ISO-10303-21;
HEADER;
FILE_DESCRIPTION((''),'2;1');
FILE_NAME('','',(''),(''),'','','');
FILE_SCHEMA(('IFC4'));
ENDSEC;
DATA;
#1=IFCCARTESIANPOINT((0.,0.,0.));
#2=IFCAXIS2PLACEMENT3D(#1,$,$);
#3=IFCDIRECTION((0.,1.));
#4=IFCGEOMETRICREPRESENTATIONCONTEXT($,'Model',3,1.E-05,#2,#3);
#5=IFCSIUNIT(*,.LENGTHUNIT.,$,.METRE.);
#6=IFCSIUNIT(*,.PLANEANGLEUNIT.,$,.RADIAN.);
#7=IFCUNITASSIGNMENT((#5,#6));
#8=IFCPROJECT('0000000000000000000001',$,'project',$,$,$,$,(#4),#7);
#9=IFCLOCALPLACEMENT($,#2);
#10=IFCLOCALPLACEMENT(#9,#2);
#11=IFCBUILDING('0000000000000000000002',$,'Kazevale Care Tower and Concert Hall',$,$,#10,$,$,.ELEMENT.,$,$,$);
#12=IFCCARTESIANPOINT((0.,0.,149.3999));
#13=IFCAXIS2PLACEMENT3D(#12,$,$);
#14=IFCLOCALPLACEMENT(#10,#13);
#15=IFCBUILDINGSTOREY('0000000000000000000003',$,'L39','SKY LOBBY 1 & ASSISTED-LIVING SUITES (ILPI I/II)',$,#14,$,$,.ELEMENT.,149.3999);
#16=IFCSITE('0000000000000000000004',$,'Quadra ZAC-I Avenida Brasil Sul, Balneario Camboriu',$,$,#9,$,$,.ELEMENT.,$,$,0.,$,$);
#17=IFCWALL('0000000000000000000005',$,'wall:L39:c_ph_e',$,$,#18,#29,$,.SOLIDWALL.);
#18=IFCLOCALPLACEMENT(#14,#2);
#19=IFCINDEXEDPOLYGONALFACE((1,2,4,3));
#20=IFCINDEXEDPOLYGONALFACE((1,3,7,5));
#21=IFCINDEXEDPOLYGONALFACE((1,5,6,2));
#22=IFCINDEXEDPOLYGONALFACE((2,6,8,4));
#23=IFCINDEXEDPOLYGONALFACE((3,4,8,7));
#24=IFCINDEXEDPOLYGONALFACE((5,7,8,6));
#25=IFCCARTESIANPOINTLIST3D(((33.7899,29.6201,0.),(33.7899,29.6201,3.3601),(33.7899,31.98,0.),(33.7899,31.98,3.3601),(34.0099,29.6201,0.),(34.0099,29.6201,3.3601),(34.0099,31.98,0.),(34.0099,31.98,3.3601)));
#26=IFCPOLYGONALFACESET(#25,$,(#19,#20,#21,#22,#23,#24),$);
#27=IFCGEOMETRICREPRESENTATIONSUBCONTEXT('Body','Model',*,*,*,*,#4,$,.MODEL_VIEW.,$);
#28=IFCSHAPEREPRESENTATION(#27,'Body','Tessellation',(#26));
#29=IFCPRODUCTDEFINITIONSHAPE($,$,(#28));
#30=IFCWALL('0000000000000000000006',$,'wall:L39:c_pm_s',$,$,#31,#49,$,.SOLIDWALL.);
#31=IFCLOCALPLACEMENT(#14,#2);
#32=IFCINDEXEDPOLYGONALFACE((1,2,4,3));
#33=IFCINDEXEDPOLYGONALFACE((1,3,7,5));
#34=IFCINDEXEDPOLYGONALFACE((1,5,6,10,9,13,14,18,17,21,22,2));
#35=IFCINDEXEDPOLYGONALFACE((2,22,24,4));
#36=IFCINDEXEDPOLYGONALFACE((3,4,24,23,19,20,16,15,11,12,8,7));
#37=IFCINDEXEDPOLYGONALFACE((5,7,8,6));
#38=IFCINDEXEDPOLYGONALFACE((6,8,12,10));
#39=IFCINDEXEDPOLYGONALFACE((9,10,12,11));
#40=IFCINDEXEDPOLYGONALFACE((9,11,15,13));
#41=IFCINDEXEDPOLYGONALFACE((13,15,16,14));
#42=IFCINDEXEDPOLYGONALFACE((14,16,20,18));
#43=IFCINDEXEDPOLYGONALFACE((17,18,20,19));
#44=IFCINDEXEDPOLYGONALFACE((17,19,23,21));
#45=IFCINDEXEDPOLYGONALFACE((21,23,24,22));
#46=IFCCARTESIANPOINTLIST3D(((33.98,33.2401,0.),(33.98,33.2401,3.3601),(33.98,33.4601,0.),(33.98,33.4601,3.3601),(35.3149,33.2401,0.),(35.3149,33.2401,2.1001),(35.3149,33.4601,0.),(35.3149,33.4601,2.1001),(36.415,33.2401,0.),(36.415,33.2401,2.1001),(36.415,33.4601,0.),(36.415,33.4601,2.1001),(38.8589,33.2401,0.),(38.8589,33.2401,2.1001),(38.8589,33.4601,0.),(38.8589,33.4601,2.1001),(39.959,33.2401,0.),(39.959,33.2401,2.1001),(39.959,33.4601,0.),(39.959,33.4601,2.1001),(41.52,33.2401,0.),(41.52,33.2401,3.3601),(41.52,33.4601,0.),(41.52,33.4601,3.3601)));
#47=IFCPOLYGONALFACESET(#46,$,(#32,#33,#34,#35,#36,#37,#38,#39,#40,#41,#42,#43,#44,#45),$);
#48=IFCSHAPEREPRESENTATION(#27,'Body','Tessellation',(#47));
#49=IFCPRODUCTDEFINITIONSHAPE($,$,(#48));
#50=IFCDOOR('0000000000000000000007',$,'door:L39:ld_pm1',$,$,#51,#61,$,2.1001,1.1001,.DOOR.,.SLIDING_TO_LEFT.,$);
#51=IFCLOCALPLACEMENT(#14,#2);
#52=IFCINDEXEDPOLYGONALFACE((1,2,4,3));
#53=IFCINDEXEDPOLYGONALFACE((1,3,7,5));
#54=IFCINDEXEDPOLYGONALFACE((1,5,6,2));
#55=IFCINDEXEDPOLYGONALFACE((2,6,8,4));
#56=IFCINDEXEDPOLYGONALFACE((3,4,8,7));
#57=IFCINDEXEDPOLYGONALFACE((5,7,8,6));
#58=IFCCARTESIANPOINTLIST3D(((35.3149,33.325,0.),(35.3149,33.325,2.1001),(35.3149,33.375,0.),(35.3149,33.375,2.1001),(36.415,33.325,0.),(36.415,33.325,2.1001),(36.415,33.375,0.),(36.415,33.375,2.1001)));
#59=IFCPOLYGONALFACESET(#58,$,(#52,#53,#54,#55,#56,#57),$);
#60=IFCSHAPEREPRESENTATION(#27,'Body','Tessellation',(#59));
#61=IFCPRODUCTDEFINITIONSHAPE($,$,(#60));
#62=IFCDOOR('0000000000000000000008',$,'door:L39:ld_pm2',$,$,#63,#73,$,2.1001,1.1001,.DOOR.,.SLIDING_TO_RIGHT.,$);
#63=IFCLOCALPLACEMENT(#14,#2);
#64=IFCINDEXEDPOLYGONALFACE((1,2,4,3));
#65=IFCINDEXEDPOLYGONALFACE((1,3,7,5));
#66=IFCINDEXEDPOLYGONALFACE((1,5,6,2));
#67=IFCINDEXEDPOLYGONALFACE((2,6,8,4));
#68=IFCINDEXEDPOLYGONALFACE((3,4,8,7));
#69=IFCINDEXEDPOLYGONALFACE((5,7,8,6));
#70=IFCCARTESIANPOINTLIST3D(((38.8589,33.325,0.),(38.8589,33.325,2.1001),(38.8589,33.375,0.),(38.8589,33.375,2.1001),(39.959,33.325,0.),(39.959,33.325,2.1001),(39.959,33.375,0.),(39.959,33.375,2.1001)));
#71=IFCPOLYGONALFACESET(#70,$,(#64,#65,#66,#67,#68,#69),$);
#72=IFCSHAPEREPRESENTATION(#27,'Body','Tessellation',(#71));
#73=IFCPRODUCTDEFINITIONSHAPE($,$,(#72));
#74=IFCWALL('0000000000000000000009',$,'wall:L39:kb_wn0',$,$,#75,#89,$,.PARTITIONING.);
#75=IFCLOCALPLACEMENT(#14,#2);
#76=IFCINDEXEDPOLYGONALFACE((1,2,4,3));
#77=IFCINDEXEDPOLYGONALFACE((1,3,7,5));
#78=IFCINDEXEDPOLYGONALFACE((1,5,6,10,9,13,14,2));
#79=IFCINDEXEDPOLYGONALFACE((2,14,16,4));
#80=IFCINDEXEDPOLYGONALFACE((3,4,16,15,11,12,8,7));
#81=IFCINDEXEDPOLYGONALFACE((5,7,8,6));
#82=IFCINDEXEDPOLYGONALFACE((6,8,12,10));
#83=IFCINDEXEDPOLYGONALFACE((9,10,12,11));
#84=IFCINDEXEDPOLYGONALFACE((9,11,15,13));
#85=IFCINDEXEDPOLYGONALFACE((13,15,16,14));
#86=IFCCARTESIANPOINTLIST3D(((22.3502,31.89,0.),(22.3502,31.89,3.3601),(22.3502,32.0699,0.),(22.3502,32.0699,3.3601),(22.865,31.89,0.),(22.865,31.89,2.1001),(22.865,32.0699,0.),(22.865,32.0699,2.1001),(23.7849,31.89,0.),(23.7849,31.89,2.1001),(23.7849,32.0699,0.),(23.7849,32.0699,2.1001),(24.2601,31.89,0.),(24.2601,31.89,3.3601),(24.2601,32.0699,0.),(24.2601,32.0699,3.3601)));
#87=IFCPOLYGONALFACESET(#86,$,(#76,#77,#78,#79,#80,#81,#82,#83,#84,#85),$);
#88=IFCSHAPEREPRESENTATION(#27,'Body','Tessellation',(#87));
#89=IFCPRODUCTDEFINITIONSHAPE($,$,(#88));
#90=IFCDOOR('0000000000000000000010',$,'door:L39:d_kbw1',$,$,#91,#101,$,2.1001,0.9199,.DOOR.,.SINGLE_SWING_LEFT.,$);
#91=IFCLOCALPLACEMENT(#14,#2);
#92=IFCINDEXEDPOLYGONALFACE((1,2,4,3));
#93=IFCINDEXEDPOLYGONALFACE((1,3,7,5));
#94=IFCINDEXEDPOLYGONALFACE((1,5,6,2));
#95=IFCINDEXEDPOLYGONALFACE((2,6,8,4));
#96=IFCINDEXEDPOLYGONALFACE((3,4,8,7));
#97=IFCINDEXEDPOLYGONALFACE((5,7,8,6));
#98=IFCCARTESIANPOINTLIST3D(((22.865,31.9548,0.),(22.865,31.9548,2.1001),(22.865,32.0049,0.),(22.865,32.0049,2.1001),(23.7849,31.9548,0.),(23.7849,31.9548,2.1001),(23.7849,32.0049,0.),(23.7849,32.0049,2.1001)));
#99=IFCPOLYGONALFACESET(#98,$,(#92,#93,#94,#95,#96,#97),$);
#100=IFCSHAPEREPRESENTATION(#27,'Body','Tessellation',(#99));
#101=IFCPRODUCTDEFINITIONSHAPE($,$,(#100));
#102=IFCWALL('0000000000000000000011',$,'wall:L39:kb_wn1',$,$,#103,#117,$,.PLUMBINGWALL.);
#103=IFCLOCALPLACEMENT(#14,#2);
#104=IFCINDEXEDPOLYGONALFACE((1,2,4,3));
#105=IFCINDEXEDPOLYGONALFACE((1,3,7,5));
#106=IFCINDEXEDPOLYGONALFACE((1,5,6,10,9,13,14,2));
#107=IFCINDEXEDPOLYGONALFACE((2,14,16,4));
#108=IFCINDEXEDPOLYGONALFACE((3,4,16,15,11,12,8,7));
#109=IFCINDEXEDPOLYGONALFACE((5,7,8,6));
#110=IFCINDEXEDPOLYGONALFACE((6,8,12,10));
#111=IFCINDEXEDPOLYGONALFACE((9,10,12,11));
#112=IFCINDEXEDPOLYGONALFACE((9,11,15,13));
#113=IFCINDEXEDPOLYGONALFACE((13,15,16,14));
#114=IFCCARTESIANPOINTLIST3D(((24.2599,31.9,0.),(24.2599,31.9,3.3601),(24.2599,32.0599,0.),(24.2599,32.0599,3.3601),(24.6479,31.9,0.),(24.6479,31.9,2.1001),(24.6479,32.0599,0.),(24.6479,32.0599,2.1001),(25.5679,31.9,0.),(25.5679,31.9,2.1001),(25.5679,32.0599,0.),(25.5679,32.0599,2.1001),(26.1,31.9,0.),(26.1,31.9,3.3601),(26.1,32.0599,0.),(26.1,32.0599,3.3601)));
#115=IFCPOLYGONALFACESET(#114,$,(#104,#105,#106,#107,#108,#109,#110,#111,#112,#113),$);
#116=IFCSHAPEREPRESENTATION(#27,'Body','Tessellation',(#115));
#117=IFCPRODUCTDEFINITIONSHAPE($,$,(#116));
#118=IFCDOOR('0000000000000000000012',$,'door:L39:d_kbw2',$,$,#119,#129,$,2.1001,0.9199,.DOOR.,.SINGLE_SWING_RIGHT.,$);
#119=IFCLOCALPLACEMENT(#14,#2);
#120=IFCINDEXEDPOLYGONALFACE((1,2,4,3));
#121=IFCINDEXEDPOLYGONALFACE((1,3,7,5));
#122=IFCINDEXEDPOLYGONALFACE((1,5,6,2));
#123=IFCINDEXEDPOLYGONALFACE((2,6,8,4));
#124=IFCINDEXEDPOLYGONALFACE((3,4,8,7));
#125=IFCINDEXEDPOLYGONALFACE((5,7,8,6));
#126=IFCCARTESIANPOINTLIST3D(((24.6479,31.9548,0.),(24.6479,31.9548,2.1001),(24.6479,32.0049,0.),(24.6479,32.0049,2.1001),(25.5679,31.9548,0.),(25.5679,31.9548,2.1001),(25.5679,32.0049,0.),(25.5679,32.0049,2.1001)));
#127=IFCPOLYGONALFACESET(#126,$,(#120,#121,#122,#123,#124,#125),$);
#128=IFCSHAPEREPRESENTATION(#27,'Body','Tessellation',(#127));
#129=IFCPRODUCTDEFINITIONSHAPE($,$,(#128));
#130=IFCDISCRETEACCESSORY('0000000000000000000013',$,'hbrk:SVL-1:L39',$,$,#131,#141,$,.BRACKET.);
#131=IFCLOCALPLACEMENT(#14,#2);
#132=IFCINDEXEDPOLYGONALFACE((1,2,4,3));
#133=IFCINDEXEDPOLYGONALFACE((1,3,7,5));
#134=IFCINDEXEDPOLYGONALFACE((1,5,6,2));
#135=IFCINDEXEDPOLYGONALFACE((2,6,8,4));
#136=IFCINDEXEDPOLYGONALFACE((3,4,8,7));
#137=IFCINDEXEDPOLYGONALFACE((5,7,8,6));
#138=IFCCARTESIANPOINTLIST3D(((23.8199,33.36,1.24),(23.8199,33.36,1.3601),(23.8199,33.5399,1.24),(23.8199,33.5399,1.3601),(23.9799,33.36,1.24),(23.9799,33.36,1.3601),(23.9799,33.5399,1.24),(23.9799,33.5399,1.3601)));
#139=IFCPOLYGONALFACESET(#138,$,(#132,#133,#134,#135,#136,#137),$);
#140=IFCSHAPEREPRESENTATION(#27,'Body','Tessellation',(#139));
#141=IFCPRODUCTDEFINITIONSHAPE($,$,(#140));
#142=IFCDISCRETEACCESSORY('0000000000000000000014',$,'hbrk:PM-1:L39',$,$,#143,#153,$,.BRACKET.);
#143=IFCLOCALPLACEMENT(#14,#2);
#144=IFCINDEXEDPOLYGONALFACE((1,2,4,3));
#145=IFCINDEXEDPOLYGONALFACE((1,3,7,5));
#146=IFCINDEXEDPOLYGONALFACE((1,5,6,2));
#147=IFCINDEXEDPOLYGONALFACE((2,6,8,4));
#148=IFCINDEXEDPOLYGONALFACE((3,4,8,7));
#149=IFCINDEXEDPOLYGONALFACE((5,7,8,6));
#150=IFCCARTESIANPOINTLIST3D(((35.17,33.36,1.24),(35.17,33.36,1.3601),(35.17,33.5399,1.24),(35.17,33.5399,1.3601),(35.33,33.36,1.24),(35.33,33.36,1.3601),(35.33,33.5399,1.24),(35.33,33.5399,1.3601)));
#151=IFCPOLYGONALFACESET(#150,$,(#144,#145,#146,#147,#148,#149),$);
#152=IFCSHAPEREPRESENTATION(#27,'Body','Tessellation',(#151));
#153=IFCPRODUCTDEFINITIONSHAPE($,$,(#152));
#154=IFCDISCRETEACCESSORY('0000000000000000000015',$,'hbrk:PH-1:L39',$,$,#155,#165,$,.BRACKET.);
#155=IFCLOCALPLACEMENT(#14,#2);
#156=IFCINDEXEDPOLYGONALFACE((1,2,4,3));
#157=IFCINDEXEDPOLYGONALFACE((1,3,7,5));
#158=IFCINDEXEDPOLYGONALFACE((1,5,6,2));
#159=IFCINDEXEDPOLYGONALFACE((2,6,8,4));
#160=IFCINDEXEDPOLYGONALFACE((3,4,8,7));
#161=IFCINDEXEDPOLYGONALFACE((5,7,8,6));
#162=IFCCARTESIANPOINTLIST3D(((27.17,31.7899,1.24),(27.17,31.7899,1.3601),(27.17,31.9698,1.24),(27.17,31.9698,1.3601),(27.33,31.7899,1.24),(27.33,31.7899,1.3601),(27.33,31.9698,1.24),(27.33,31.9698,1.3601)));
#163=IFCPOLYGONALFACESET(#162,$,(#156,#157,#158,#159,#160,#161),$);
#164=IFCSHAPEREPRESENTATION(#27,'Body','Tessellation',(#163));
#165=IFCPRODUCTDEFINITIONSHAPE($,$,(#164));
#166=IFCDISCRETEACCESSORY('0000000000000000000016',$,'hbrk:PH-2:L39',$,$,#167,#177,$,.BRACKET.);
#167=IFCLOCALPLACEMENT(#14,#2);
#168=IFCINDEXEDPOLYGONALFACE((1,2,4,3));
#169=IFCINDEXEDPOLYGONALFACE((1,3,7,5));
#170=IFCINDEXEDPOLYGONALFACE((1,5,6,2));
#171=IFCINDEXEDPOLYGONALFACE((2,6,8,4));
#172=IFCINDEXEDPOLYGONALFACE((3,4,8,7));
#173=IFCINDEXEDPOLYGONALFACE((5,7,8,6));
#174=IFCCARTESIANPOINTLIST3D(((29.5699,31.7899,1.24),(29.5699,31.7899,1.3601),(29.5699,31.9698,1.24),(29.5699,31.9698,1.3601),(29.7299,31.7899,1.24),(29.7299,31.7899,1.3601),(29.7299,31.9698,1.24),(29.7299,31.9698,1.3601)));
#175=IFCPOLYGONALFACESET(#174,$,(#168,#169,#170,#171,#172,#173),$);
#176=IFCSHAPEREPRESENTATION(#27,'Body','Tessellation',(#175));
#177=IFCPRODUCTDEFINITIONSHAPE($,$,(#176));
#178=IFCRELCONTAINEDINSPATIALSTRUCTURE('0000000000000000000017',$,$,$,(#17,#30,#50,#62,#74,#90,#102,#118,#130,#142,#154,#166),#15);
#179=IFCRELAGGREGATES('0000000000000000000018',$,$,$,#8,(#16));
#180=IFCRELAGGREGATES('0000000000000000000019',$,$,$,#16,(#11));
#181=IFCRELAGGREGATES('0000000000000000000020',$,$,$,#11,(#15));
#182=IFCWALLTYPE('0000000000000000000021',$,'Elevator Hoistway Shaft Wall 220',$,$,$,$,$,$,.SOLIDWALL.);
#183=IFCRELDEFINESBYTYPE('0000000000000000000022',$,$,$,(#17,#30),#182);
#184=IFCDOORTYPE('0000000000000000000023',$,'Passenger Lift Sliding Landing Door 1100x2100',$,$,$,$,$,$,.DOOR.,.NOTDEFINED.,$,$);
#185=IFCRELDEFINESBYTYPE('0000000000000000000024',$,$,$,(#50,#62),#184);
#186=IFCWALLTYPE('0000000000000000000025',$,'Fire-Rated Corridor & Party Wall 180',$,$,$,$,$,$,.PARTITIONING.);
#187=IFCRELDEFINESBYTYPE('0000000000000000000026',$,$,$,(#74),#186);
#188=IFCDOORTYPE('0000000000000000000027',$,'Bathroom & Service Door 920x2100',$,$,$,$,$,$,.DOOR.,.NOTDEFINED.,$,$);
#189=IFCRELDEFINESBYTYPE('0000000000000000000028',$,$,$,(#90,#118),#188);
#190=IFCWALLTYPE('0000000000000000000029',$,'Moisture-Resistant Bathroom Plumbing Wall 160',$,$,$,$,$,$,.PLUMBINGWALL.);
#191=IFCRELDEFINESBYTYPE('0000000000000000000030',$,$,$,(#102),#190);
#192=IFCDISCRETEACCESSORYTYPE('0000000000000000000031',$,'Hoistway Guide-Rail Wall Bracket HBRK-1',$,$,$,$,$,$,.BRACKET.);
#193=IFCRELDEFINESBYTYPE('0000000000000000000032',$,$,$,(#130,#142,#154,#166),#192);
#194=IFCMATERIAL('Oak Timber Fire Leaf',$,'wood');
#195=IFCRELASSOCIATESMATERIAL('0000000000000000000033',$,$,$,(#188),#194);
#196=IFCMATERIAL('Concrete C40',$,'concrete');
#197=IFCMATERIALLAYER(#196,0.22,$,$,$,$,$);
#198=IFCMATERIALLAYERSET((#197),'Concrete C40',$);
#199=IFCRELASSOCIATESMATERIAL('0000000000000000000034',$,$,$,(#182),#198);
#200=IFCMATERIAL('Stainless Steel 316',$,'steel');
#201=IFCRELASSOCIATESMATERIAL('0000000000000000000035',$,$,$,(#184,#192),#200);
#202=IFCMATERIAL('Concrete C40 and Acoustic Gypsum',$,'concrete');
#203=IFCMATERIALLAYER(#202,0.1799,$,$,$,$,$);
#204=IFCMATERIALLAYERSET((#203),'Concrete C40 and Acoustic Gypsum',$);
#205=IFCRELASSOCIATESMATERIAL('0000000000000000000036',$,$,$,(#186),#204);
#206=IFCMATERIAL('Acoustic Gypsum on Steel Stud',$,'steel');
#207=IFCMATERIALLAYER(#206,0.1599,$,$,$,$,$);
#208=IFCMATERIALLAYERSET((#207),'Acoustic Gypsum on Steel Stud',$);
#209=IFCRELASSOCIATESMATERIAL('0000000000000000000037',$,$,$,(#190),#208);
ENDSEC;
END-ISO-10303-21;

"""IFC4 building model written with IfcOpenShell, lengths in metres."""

from ifc_helpers import new_model, si_unit, direction, frame, frame_2d, origin, origin_2d, place, context, subcontext, project, spatial, rectangle, extrude, material, layer, layer_set, type_object, element, fill, save


model = new_model("IFC4")

# Units and contexts
model_context = context("Model", 3, precision=1e-05, world=origin(), true_north=direction((0.0, 1.0)))
body_context = subcontext(model_context, "Body", "Model", "MODEL_VIEW")
ifc_project = project(units=[si_unit("LENGTHUNIT", "METRE"), si_unit("PLANEANGLEUNIT", "RADIAN")], contexts=[model_context])

# Site, building, storey
site_placement = place(None, origin())
site = spatial("IfcSite", under=ifc_project, at=site_placement, Name="Quadra ZAC-I Avenida Brasil Sul, Balneario Camboriu", CompositionType="ELEMENT", RefElevation=0.0)
building_placement = place(site_placement, origin())
building = spatial("IfcBuilding", under=site, at=building_placement, Name="Kazevale Care Tower and Concert Hall", CompositionType="ELEMENT")
storey_placement = place(building_placement, frame((0.0, 0.0, 149.3999)))
storey = spatial("IfcBuildingStorey", under=building, at=storey_placement, Name="L39", Description="SKY LOBBY 1 & ASSISTED-LIVING SUITES (ILPI I/II)", CompositionType="ELEMENT", Elevation=149.3999)

# Shared definitions
ifc_material_1 = material(Name="Acoustic Gypsum on Steel Stud", Category="steel")
ifc_material_2 = material(Name="Oak Timber Fire Leaf", Category="wood")
door_type_1 = type_object("IfcDoorType", Name="Bathroom & Service Door 920x2100", OperationType="NOTDEFINED", PredefinedType="DOOR", material=ifc_material_2)

# Shared definitions
ifc_material_3 = material(Name="Concrete C40", Category="concrete")
ifc_layer_1 = layer(ifc_material_3, 0.22)
ifc_layer_set_1 = layer_set([ifc_layer_1], Name="Concrete C40")
wall_type_1 = type_object("IfcWallType", Name="Elevator Hoistway Shaft Wall 220", PredefinedType="SOLIDWALL", material=ifc_layer_set_1)

# Shared definitions
ifc_material_4 = material(Name="Stainless Steel 316", Category="steel")

# Wall
wall_1_placement = place(storey_placement, frame((33.8999, 29.6201, 0.0), z_axis=(0.0, 0.0, 1.0), x_axis=(0.0, 1.0, 0.0)))
element("IfcWall", 1, at=wall_1_placement, inside=storey, type_object=wall_type_1, Name="wall:L39:c_ph_e", PredefinedType="SOLIDWALL", context=body_context, shape_type="SweptSolid", body=[
    extrude(rectangle(XDim=2.3599, YDim=0.22, at=frame_2d((1.1799, 0.0))), origin(), (0.0, 0.0, 1.0), 3.3601),
])

# Wall, openings, doors
wall_2_placement = place(storey_placement, frame((33.98, 33.3501, 0.0), z_axis=(0.0, 0.0, 1.0), x_axis=(1.0, 0.0, 0.0)))
wall_2 = element("IfcWall", 2, at=wall_2_placement, inside=storey, type_object=wall_type_1, Name="wall:L39:c_pm_s", PredefinedType="SOLIDWALL", context=body_context, shape_type="SweptSolid", body=[
    extrude(rectangle(XDim=7.54, YDim=0.22, at=frame_2d((3.77, 0.0))), origin(), (0.0, 0.0, 1.0), 3.3601),
])
opening_1_placement = place(wall_2_placement, frame((1.335, 0.0, 0.0)))
opening_1 = element("IfcOpeningElement", 3, at=opening_1_placement, cuts=wall_2, PredefinedType="OPENING", context=body_context, shape_type="SweptSolid", body=[
    extrude(rectangle(XDim=1.1001, YDim=2.1001, at=frame_2d((0.55, 1.05))), frame((0.0, 0.1199, 0.0), z_axis=(0.0, -1.0, 0.0), x_axis=(1.0, 0.0, 0.0)), (0.0, 0.0, 1.0), 0.24),
])
opening_2_placement = place(wall_2_placement, frame((4.8789, 0.0, 0.0)))
opening_2 = element("IfcOpeningElement", 4, at=opening_2_placement, cuts=wall_2, PredefinedType="OPENING", context=body_context, shape_type="SweptSolid", body=[
    extrude(rectangle(XDim=1.1001, YDim=2.1001, at=frame_2d((0.55, 1.05))), frame((0.0, 0.1199, 0.0), z_axis=(0.0, -1.0, 0.0), x_axis=(1.0, 0.0, 0.0)), (0.0, 0.0, 1.0), 0.24),
])
door_type_2 = type_object("IfcDoorType", Name="Passenger Lift Sliding Landing Door 1100x2100", OperationType="NOTDEFINED", PredefinedType="DOOR", material=ifc_material_4)
door_1_placement = place(opening_1_placement, origin())
door_1 = element("IfcDoor", 5, at=door_1_placement, inside=storey, type_object=door_type_2, Name="door:L39:ld_pm1", OperationType="SLIDING_TO_LEFT", OverallHeight=2.1001, OverallWidth=1.1001, PredefinedType="DOOR", context=body_context, shape_type="SweptSolid", body=[
    extrude(rectangle(XDim=1.1001, YDim=2.1001, at=frame_2d((0.55, 1.05))), frame((0.0, 0.0249, 0.0), z_axis=(0.0, -1.0, 0.0), x_axis=(1.0, 0.0, 0.0)), (0.0, 0.0, 1.0), 0.05),
])
fill(opening_1, door_1)
door_2_placement = place(opening_2_placement, origin())
door_2 = element("IfcDoor", 6, at=door_2_placement, inside=storey, type_object=door_type_2, Name="door:L39:ld_pm2", OperationType="SLIDING_TO_RIGHT", OverallHeight=2.1001, OverallWidth=1.1001, PredefinedType="DOOR", context=body_context, shape_type="SweptSolid", body=[
    extrude(rectangle(XDim=1.1001, YDim=2.1001, at=frame_2d((0.55, 1.05))), frame((0.0, 0.0249, 0.0), z_axis=(0.0, -1.0, 0.0), x_axis=(1.0, 0.0, 0.0)), (0.0, 0.0, 1.0), 0.05),
])
fill(opening_2, door_2)

# Walls, openings, doors
ifc_material_5 = material(Name="Concrete C40 and Acoustic Gypsum", Category="concrete")
ifc_layer_2 = layer(ifc_material_5, 0.1799)
ifc_layer_set_2 = layer_set([ifc_layer_2], Name="Concrete C40 and Acoustic Gypsum")
wall_type_2 = type_object("IfcWallType", Name="Fire-Rated Corridor & Party Wall 180", PredefinedType="PARTITIONING", material=ifc_layer_set_2)
wall_3_placement = place(storey_placement, frame((22.3501, 31.98, 0.0), z_axis=(0.0, 0.0, 1.0), x_axis=(1.0, 0.0, 0.0)))
wall_3 = element("IfcWall", 7, at=wall_3_placement, inside=storey, type_object=wall_type_2, Name="wall:L39:kb_wn0", PredefinedType="PARTITIONING", context=body_context, shape_type="SweptSolid", body=[
    extrude(rectangle(XDim=1.9099, YDim=0.1799, at=frame_2d((0.9551, 0.0))), origin(), (0.0, 0.0, 1.0), 3.3601),
])
opening_3_placement = place(wall_3_placement, frame((0.5149, 0.0, 0.0)))
opening_3 = element("IfcOpeningElement", 8, at=opening_3_placement, cuts=wall_3, PredefinedType="OPENING", context=body_context, shape_type="SweptSolid", body=[
    extrude(rectangle(XDim=0.9199, YDim=2.1001, at=frame_2d((0.46, 1.05))), frame((0.0, 0.0999, 0.0), z_axis=(0.0, -1.0, 0.0), x_axis=(1.0, 0.0, 0.0)), (0.0, 0.0, 1.0), 0.2),
])
door_3_placement = place(opening_3_placement, origin())
door_3 = element("IfcDoor", 9, at=door_3_placement, inside=storey, type_object=door_type_1, Name="door:L39:d_kbw1", OperationType="SINGLE_SWING_LEFT", OverallHeight=2.1001, OverallWidth=0.9199, PredefinedType="DOOR", context=body_context, shape_type="SweptSolid", body=[
    extrude(rectangle(XDim=0.9199, YDim=2.1001, at=frame_2d((0.46, 1.05))), frame((0.0, 0.0249, 0.0), z_axis=(0.0, -1.0, 0.0), x_axis=(1.0, 0.0, 0.0)), (0.0, 0.0, 1.0), 0.05),
])
fill(opening_3, door_3)
ifc_layer_3 = layer(ifc_material_1, 0.1599)
ifc_layer_set_3 = layer_set([ifc_layer_3], Name="Acoustic Gypsum on Steel Stud")
wall_type_3 = type_object("IfcWallType", Name="Moisture-Resistant Bathroom Plumbing Wall 160", PredefinedType="PLUMBINGWALL", material=ifc_layer_set_3)
wall_4_placement = place(storey_placement, frame((24.26, 31.98, 0.0), z_axis=(0.0, 0.0, 1.0), x_axis=(1.0, 0.0, 0.0)))
wall_4 = element("IfcWall", 10, at=wall_4_placement, inside=storey, type_object=wall_type_3, Name="wall:L39:kb_wn1", PredefinedType="PLUMBINGWALL", context=body_context, shape_type="SweptSolid", body=[
    extrude(rectangle(XDim=1.8401, YDim=0.1599, at=frame_2d((0.9199, 0.0))), origin(), (0.0, 0.0, 1.0), 3.3601),
])
opening_4_placement = place(wall_4_placement, frame((0.3879, 0.0, 0.0)))
opening_4 = element("IfcOpeningElement", 11, at=opening_4_placement, cuts=wall_4, PredefinedType="OPENING", context=body_context, shape_type="SweptSolid", body=[
    extrude(rectangle(XDim=0.9199, YDim=2.1001, at=frame_2d((0.46, 1.05))), frame((0.0, 0.0898, 0.0), z_axis=(0.0, -1.0, 0.0), x_axis=(1.0, 0.0, 0.0)), (0.0, 0.0, 1.0), 0.1799),
])
door_4_placement = place(opening_4_placement, origin())
door_4 = element("IfcDoor", 12, at=door_4_placement, inside=storey, type_object=door_type_1, Name="door:L39:d_kbw2", OperationType="SINGLE_SWING_RIGHT", OverallHeight=2.1001, OverallWidth=0.9199, PredefinedType="DOOR", context=body_context, shape_type="SweptSolid", body=[
    extrude(rectangle(XDim=0.9199, YDim=2.1001, at=frame_2d((0.46, 1.05))), frame((0.0, 0.0249, 0.0), z_axis=(0.0, -1.0, 0.0), x_axis=(1.0, 0.0, 0.0)), (0.0, 0.0, 1.0), 0.05),
])
fill(opening_4, door_4)

# Discrete accessories
discrete_accessory_type = type_object("IfcDiscreteAccessoryType", Name="Hoistway Guide-Rail Wall Bracket HBRK-1", PredefinedType="BRACKET", material=ifc_material_4)
for number, where, z_axis, x_axis, name in (
    (13, (23.8999, 33.45, 1.24), (0.0, 0.0, 1.0), (1.0, 0.0, 0.0), "hbrk:SVL-1:L39"),
    (14, (35.25, 33.45, 1.24), (0.0, 0.0, 1.0), (1.0, 0.0, 0.0), "hbrk:PM-1:L39"),
    (15, (27.25, 31.8799, 1.24), (0.0, 0.0, 1.0), (1.0, 0.0, 0.0), "hbrk:PH-1:L39"),
    (16, (29.6499, 31.8799, 1.24), (0.0, 0.0, 1.0), (1.0, 0.0, 0.0), "hbrk:PH-2:L39"),
):
    element("IfcDiscreteAccessory", number, at=place(storey_placement, frame(where, z_axis=z_axis, x_axis=x_axis)), inside=storey, type_object=discrete_accessory_type, Name=name, PredefinedType="BRACKET", context=body_context, shape_type="SweptSolid", body=[
        extrude(rectangle(XDim=0.1599, YDim=0.1799, at=origin_2d()), origin(), (0.0, 0.0, 1.0), 0.1201),
    ])

save(model, "model.ifc")
